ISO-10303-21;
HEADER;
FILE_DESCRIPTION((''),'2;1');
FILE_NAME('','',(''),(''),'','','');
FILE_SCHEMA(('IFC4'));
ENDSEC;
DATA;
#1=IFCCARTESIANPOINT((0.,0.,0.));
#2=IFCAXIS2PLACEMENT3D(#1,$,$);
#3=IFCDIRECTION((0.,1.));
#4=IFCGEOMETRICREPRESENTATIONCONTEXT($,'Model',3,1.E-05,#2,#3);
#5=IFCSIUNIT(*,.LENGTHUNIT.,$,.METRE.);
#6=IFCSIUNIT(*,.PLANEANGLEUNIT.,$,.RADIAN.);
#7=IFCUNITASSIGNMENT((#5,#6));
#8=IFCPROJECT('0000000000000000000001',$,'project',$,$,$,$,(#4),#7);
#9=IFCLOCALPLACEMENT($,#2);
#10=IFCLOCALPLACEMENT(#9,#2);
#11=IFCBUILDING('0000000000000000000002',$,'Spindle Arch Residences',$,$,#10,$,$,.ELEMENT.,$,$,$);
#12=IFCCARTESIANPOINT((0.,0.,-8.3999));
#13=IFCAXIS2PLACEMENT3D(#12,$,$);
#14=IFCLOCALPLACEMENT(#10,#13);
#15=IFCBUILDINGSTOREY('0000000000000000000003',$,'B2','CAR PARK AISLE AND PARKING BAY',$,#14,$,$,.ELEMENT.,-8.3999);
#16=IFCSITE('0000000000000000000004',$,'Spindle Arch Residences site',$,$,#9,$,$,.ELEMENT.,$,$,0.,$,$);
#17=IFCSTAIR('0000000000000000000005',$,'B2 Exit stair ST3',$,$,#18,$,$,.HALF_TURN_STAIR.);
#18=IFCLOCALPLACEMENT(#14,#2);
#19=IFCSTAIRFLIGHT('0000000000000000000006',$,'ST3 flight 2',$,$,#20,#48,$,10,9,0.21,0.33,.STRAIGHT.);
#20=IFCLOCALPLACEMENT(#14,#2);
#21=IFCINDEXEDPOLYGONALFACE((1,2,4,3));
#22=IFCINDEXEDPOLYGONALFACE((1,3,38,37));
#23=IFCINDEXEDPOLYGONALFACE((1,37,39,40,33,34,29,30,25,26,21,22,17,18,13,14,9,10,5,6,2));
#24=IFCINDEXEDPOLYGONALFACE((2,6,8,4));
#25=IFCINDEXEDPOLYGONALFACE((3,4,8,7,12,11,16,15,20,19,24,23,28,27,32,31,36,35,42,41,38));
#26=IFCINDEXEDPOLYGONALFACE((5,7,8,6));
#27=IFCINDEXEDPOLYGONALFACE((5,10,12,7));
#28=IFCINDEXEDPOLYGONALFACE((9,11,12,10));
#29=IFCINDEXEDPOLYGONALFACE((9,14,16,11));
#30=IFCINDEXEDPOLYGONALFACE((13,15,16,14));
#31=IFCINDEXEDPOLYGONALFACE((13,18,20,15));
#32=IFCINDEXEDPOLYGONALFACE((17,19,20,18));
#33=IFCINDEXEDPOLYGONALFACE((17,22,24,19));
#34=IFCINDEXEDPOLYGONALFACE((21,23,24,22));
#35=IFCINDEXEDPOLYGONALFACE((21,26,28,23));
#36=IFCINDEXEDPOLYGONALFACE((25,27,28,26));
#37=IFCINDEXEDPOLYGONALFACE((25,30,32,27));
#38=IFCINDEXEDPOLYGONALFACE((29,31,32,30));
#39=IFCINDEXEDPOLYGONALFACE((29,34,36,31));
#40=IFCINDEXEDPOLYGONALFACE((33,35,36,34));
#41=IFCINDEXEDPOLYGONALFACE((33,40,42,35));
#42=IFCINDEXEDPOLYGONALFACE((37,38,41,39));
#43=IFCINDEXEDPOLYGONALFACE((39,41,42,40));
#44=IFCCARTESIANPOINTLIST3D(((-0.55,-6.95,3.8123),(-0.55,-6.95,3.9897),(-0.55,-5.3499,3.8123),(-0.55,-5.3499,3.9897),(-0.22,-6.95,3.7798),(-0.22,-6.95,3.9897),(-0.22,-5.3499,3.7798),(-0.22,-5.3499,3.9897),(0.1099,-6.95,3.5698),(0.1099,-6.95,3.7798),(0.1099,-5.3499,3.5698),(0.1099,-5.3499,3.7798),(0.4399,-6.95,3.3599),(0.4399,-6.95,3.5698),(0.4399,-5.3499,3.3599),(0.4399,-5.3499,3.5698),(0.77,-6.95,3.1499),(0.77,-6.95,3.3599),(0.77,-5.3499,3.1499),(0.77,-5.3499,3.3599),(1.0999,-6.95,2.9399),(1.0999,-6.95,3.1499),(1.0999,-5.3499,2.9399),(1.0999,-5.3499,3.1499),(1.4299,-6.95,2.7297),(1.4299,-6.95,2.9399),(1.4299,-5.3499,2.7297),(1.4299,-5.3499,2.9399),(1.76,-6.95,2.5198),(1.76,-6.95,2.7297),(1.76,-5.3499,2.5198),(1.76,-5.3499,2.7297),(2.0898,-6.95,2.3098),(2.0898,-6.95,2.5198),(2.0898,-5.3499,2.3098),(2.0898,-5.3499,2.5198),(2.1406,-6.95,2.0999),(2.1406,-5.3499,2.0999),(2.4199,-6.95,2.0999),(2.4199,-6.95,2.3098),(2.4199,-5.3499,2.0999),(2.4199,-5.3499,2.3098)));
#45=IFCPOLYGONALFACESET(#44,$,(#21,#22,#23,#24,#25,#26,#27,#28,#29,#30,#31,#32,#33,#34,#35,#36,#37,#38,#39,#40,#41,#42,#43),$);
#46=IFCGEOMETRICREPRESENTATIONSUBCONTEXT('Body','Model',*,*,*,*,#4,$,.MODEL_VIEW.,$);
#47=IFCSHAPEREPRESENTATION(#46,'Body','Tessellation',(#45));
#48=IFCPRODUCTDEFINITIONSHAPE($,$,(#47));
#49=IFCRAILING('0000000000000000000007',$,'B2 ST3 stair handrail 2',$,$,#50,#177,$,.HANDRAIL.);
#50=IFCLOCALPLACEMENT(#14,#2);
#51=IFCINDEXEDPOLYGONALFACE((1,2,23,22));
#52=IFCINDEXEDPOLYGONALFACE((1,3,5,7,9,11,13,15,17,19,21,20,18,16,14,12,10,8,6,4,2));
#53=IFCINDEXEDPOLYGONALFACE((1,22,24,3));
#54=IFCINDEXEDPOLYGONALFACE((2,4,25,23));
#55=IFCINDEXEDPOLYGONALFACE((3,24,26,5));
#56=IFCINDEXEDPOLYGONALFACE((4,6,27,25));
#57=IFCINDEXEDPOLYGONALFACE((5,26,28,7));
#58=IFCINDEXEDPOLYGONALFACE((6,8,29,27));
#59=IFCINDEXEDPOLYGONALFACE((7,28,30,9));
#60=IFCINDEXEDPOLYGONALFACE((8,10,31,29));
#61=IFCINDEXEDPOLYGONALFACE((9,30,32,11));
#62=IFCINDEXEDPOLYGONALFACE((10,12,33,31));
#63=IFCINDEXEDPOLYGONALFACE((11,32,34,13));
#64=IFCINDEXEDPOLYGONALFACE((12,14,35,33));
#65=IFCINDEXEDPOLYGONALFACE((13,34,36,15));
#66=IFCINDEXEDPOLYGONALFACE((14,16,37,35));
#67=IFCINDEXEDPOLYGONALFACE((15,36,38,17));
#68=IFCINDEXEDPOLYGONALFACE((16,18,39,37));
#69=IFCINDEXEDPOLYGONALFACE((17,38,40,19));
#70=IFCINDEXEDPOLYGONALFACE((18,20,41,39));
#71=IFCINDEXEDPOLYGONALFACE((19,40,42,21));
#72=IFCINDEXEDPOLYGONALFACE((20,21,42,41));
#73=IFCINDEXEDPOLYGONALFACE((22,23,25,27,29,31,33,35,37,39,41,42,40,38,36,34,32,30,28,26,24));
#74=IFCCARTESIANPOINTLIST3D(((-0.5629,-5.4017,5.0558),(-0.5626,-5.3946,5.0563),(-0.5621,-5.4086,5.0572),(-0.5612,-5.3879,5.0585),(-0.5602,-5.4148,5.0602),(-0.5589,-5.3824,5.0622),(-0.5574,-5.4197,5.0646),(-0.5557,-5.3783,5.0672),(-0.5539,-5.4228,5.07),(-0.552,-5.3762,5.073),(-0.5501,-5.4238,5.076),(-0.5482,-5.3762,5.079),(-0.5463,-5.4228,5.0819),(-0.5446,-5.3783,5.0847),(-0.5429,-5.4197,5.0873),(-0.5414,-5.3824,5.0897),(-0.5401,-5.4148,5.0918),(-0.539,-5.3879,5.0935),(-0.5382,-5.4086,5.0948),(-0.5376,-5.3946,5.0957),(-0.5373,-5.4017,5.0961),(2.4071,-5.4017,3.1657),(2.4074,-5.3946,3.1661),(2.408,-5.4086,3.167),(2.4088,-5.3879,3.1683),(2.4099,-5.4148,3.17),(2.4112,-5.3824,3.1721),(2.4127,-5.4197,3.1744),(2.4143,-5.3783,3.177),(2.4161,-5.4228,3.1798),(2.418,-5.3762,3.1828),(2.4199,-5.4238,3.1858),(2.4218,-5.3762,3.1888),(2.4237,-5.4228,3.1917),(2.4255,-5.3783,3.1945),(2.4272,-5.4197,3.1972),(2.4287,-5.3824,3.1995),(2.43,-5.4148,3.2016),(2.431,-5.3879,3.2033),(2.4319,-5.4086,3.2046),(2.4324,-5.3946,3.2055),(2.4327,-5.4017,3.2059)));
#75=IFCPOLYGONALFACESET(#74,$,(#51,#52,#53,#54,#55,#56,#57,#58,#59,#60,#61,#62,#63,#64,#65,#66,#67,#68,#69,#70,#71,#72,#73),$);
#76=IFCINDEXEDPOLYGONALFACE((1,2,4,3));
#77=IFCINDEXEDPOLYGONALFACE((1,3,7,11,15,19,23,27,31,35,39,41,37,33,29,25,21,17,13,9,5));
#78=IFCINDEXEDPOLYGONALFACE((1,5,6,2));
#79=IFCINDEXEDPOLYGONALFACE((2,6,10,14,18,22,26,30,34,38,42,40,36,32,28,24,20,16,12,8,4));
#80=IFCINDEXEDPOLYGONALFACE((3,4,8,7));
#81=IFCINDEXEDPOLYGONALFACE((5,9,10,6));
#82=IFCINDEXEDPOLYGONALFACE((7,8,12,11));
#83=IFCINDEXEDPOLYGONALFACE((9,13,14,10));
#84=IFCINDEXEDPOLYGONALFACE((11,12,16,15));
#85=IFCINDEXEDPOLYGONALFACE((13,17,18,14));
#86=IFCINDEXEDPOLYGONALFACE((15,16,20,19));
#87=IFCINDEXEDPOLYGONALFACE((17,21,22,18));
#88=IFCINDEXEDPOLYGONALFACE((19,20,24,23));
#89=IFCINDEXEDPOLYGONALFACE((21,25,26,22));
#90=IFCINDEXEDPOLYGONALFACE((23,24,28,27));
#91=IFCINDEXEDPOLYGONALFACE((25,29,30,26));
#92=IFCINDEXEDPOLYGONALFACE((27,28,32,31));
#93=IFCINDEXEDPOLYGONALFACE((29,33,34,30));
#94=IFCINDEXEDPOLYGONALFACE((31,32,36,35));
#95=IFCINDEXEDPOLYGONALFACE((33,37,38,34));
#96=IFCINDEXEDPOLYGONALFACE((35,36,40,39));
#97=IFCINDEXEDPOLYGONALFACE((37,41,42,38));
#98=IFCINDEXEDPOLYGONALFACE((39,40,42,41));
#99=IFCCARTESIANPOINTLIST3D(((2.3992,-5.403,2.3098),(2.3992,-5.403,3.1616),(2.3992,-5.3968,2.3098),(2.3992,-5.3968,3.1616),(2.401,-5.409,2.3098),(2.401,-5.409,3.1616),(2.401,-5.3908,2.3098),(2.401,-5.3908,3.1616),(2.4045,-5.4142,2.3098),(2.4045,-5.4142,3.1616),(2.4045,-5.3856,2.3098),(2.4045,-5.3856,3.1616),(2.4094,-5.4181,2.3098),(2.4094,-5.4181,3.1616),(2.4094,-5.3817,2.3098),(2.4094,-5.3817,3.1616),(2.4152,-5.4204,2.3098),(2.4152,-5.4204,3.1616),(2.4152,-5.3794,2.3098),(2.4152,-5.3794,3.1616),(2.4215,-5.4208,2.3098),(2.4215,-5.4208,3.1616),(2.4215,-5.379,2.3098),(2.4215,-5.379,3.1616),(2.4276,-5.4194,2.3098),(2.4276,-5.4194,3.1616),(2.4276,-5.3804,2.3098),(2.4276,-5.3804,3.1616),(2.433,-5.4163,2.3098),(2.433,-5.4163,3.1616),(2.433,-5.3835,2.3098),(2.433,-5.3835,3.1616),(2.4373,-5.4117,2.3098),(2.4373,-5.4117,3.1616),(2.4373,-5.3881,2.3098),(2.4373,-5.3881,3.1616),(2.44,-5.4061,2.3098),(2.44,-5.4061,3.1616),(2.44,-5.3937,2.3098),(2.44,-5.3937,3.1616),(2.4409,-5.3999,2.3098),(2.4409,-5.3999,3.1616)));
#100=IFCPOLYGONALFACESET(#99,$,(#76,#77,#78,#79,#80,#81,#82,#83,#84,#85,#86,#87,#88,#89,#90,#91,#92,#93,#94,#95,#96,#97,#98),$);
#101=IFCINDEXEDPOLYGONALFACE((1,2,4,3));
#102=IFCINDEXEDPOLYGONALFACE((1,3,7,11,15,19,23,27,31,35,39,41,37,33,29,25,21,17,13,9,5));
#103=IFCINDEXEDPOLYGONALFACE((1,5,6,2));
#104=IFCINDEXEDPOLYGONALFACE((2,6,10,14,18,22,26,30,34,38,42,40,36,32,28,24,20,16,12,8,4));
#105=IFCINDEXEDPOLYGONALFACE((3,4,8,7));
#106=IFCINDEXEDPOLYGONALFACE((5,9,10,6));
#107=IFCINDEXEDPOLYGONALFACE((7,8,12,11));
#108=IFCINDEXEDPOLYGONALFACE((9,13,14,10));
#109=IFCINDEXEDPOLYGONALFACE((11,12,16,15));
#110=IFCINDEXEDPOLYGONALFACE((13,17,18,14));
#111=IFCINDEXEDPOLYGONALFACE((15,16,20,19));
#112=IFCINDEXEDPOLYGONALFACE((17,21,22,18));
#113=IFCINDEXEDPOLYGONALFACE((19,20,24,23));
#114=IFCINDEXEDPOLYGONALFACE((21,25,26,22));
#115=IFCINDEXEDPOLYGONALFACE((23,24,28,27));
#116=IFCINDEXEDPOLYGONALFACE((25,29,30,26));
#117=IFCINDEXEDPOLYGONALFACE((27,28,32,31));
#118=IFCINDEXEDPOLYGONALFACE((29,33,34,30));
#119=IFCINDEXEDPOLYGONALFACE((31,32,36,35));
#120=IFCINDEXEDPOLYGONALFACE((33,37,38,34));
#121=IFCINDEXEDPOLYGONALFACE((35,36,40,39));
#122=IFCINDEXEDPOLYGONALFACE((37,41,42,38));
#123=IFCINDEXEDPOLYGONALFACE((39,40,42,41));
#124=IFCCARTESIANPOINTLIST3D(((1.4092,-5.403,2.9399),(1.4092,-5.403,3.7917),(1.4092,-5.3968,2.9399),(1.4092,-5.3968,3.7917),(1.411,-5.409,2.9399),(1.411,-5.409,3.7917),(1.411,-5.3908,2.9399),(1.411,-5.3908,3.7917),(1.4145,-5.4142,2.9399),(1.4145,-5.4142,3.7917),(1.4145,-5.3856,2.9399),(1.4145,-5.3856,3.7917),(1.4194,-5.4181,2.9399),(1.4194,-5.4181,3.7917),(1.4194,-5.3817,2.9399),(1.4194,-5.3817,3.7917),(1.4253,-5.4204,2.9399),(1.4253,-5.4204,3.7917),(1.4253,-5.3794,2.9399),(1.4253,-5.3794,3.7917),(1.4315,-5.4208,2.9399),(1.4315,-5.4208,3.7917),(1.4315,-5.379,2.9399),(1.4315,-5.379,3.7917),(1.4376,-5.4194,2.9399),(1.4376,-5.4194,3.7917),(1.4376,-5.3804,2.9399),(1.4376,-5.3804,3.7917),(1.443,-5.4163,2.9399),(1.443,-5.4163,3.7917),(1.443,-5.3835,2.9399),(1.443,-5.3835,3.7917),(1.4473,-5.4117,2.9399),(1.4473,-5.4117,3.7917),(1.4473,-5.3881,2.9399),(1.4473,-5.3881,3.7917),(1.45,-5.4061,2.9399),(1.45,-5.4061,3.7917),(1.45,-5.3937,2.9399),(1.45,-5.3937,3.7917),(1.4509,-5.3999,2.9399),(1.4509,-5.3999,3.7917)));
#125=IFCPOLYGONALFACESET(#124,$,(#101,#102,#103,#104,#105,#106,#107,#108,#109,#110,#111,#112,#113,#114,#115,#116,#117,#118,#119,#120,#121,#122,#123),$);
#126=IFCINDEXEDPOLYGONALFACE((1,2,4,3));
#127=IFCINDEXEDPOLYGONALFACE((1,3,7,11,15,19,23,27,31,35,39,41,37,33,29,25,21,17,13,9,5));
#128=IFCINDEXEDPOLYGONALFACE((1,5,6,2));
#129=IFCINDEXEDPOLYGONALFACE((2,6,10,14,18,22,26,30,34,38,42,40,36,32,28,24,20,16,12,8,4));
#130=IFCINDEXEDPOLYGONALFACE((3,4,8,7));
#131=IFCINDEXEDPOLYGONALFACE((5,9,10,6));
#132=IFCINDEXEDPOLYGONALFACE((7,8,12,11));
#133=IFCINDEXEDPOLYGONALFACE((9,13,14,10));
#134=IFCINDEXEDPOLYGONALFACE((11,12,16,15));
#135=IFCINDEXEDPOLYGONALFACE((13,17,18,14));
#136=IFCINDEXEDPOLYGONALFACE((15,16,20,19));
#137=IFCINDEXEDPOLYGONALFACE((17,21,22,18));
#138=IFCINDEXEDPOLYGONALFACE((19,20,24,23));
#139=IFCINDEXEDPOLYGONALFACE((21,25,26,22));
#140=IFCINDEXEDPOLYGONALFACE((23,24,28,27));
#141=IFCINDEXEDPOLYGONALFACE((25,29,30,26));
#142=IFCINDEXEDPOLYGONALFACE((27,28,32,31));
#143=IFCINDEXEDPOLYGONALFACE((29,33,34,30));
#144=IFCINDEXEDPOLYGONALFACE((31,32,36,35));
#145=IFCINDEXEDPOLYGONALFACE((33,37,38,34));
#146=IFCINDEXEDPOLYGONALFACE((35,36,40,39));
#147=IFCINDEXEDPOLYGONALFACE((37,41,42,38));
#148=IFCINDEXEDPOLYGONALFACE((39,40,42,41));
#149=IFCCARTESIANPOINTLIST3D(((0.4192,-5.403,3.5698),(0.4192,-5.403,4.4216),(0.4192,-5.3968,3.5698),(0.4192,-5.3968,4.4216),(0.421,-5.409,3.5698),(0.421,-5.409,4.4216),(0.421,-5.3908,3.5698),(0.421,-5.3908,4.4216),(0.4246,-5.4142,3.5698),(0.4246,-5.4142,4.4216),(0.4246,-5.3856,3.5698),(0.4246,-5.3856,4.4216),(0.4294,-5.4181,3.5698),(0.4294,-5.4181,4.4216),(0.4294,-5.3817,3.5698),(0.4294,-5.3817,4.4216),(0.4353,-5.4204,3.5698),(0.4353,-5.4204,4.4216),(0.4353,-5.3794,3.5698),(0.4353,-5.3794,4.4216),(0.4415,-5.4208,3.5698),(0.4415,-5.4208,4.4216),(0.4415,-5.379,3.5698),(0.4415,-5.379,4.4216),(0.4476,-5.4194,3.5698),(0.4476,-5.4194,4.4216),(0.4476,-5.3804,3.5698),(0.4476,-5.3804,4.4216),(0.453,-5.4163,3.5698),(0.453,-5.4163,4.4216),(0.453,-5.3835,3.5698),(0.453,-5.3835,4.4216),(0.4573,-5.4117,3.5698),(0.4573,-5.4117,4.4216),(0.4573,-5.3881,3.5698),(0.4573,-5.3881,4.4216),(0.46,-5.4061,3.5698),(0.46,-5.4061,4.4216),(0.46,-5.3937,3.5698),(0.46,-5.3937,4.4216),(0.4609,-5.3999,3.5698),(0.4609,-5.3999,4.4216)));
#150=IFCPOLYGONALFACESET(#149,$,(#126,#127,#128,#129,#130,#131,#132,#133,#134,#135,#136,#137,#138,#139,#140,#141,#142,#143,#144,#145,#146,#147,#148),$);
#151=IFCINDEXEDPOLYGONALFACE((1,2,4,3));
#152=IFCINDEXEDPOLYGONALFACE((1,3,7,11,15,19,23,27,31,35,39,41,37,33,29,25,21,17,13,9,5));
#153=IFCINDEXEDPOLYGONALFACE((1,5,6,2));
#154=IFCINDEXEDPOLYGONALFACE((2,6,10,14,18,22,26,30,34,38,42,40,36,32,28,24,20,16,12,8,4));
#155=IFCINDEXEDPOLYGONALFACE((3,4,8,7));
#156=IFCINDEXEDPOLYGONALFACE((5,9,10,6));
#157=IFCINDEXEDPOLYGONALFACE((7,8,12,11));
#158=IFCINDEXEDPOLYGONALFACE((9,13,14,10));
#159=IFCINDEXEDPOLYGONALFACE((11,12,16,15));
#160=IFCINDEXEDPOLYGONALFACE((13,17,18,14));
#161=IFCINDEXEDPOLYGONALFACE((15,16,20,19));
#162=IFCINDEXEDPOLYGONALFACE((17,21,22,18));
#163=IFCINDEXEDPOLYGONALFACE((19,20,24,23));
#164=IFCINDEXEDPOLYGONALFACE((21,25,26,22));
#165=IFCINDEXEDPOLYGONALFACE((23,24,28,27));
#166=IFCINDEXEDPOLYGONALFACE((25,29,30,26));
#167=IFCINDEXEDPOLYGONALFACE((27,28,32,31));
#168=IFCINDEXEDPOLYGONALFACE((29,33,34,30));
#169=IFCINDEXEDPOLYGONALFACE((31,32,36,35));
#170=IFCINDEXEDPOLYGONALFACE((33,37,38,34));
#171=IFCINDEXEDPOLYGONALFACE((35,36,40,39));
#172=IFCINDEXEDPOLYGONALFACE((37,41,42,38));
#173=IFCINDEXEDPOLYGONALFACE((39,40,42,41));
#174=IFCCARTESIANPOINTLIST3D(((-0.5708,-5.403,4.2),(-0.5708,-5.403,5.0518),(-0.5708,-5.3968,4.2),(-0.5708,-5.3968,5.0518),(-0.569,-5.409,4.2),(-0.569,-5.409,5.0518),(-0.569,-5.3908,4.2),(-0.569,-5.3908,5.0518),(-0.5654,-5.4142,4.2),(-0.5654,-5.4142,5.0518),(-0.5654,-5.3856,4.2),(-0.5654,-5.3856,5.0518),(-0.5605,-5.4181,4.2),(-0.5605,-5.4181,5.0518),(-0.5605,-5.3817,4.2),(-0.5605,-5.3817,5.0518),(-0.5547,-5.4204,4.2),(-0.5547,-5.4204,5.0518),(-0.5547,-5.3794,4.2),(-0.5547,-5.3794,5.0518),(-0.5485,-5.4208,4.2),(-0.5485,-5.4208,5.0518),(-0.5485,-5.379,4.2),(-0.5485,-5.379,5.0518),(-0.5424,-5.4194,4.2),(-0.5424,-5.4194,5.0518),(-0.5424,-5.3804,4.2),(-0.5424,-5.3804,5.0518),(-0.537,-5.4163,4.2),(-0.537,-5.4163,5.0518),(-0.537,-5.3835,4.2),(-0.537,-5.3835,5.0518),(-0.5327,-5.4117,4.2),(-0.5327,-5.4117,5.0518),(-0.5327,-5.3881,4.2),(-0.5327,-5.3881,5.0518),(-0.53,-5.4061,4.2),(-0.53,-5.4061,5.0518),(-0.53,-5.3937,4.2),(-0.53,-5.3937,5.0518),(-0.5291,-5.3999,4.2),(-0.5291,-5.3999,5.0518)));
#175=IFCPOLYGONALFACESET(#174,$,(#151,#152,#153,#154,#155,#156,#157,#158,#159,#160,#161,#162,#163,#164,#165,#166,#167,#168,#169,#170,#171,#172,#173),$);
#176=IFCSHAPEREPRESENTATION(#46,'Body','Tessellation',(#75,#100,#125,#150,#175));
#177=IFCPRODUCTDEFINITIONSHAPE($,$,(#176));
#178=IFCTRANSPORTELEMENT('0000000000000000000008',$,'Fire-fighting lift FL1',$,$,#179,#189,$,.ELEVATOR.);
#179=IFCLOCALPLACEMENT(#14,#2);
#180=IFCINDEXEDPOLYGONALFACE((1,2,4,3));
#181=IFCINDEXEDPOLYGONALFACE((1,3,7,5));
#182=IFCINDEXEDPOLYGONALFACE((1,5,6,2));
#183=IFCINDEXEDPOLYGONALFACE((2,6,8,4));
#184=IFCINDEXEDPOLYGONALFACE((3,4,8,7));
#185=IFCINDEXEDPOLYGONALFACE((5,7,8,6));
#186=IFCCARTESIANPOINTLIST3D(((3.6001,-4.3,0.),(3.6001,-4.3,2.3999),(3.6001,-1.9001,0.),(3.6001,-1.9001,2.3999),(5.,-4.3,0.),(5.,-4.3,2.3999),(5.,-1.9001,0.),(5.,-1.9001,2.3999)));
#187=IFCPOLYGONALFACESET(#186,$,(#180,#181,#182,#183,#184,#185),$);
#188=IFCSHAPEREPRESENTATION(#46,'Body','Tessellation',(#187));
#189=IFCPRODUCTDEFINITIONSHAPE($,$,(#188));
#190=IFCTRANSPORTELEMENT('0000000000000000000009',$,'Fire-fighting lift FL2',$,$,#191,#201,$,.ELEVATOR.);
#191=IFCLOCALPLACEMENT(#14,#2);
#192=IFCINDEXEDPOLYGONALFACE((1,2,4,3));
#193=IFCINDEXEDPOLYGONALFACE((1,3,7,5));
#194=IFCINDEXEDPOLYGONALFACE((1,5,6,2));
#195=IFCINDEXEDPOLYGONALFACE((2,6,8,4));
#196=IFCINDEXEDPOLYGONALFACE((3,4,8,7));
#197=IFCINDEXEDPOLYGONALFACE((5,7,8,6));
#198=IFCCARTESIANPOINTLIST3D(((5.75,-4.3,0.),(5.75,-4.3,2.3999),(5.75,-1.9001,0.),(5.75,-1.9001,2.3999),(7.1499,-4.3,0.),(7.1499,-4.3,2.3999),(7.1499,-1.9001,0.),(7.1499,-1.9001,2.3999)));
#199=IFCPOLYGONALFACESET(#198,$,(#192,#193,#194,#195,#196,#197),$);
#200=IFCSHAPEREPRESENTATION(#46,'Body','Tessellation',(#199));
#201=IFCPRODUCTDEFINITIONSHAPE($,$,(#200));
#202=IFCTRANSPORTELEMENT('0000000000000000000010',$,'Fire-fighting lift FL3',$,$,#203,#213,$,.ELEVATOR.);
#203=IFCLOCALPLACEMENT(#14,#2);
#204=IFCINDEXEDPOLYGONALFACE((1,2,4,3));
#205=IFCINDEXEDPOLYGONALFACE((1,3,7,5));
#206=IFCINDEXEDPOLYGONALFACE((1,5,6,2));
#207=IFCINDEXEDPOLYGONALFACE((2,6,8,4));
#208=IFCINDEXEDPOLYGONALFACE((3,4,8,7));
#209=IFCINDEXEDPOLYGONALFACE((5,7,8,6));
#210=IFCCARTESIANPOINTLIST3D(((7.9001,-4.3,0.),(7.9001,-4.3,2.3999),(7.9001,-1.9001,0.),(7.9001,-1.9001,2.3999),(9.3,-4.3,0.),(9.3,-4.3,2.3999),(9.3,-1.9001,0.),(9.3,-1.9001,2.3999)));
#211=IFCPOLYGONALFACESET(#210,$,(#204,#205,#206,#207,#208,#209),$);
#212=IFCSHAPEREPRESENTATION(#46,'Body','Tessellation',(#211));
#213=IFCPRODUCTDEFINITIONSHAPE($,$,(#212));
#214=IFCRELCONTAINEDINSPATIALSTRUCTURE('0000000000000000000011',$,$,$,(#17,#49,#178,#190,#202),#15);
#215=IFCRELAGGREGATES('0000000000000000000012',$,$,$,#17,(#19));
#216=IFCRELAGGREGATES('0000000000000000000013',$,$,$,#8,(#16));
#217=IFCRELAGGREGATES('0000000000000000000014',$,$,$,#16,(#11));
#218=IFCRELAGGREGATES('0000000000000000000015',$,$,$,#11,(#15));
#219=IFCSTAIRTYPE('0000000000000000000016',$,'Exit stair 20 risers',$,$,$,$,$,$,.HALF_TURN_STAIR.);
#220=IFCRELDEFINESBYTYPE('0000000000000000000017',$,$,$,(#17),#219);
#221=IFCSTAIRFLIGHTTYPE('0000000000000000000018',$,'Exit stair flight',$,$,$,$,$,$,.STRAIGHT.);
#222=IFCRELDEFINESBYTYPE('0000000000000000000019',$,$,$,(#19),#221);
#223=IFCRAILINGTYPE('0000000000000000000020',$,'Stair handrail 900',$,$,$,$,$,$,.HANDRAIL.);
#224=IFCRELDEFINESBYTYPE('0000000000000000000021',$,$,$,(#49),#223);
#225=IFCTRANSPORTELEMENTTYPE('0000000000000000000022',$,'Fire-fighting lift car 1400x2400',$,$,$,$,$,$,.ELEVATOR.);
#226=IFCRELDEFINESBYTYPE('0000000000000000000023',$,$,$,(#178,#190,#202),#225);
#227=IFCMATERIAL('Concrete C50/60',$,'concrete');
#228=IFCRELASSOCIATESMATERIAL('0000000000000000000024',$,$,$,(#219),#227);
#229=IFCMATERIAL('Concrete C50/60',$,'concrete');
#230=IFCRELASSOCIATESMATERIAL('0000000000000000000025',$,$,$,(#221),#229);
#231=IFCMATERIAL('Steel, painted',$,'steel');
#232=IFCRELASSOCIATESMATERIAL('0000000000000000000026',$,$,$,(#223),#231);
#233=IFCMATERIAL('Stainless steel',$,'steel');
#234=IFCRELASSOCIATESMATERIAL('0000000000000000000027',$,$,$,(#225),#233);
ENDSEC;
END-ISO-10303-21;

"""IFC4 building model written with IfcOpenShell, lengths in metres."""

from ifc_helpers import new_model, si_unit, direction, frame, origin, origin_2d, place, context, subcontext, project, spatial, polyline, rectangle, circle, outline, extrude, material, type_object, element, aggregate, save


model = new_model("IFC4")

# Units and contexts
model_context = context("Model", 3, precision=1e-05, world=origin(), true_north=direction((0.0, 1.0)))
body_context = subcontext(model_context, "Body", "Model", "MODEL_VIEW")
ifc_project = project(units=[si_unit("LENGTHUNIT", "METRE"), si_unit("PLANEANGLEUNIT", "RADIAN")], contexts=[model_context])

# Site, building, storey
site_placement = place(None, origin())
site = spatial("IfcSite", under=ifc_project, at=site_placement, Name="Spindle Arch Residences site", CompositionType="ELEMENT", RefElevation=0.0)
building_placement = place(site_placement, origin())
building = spatial("IfcBuilding", under=site, at=building_placement, Name="Spindle Arch Residences", CompositionType="ELEMENT")
storey_placement = place(building_placement, frame((0.0, 0.0, -8.3999)))
storey = spatial("IfcBuildingStorey", under=building, at=storey_placement, Name="B2", Description="CAR PARK AISLE AND PARKING BAY", CompositionType="ELEMENT", Elevation=-8.3999)

# Stair
ifc_material_1 = material(Name="Concrete C50/60", Category="concrete")
stair_type = type_object("IfcStairType", Name="Exit stair 20 risers", PredefinedType="HALF_TURN_STAIR", material=ifc_material_1)
stair_placement = place(storey_placement, origin())
stair = element("IfcStair", 1, at=stair_placement, inside=storey, type_object=stair_type, Name="B2 Exit stair ST3", PredefinedType="HALF_TURN_STAIR")

# Stair flight
ifc_material_2 = material(Name="Concrete C50/60", Category="concrete")
stair_flight_type = type_object("IfcStairFlightType", Name="Exit stair flight", PredefinedType="STRAIGHT", material=ifc_material_2)
stair_flight_placement = place(storey_placement, frame((2.4199, -6.1499, 2.0999), z_axis=(0.0, 0.0, 1.0), x_axis=(-1.0, 0.0, 0.0)))
stair_flight = element("IfcStairFlight", 2, at=stair_flight_placement, type_object=stair_flight_type, Name="ST3 flight 2", NumberOfRisers=10, NumberOfTreads=9, PredefinedType="STRAIGHT", RiserHeight=0.21, TreadLength=0.33, context=body_context, shape_type="SweptSolid", body=[
    extrude(outline(polyline([(0.0, 0.0), (0.0, 0.21), (0.3301, 0.21), (0.3301, 0.4199), (0.6599, 0.4199), (0.6599, 0.6299), (0.99, 0.6299), (0.99, 0.8401), (1.3201, 0.8401), (1.3201, 1.05), (1.6499, 1.05), (1.6499, 1.26), (1.98, 1.26), (1.98, 1.47), (2.3101, 1.47), (2.3101, 1.6799), (2.6399, 1.6799), (2.6399, 1.8899), (2.97, 1.8899), (2.97, 2.1001), (2.97, 1.7124), (0.2793, 0.0), (0.0, 0.0)])), frame((0.0, 0.8, 0.0), z_axis=(0.0, -1.0, 0.0), x_axis=(1.0, 0.0, 0.0)), (0.0, 0.0, 1.0), 1.6001),
])
aggregate(stair, [stair_flight])

# Railing
ifc_material_3 = material(Name="Steel, painted", Category="steel")
railing_type = type_object("IfcRailingType", Name="Stair handrail 900", PredefinedType="HANDRAIL", material=ifc_material_3)
railing_placement = place(storey_placement, frame((2.4199, -5.3999, 2.3098)))
element("IfcRailing", 3, at=railing_placement, inside=storey, type_object=railing_type, Name="B2 ST3 stair handrail 2", PredefinedType="HANDRAIL", context=body_context, shape_type="SweptSolid", body=[
    extrude(circle(Radius=0.0239, at=origin_2d()), frame((0.0, 0.0, 0.876), z_axis=(-0.843641, 0.0, 0.536907), x_axis=(0.0, -1.0, 0.0)), (0.0, 0.0, 1.0), 3.5205),
    extrude(circle(Radius=0.021, at=origin_2d()), origin(), (0.0, 0.0, 1.0), 0.8518),
    extrude(circle(Radius=0.021, at=origin_2d()), frame((-0.99, 0.0, 0.6301)), (0.0, 0.0, 1.0), 0.8518),
    extrude(circle(Radius=0.021, at=origin_2d()), frame((-1.98, 0.0, 1.26)), (0.0, 0.0, 1.0), 0.8518),
    extrude(circle(Radius=0.021, at=origin_2d()), frame((-2.97, 0.0, 1.8901)), (0.0, 0.0, 1.0), 0.8518),
])

# Transport elements
ifc_material_4 = material(Name="Stainless steel", Category="steel")
transport_element_type = type_object("IfcTransportElementType", Name="Fire-fighting lift car 1400x2400", PredefinedType="ELEVATOR", material=ifc_material_4)
for number, where, z_axis, x_axis, name in (
    (4, (4.3, -3.1001, 0.0), (0.0, 0.0, 1.0), (1.0, 0.0, 0.0), "Fire-fighting lift FL1"),
    (5, (6.45, -3.1001, 0.0), (0.0, 0.0, 1.0), (1.0, 0.0, 0.0), "Fire-fighting lift FL2"),
    (6, (8.6001, -3.1001, 0.0), (0.0, 0.0, 1.0), (1.0, 0.0, 0.0), "Fire-fighting lift FL3"),
):
    element("IfcTransportElement", number, at=place(storey_placement, frame(where, z_axis=z_axis, x_axis=x_axis)), inside=storey, type_object=transport_element_type, Name=name, PredefinedType="ELEVATOR", context=body_context, shape_type="SweptSolid", body=[
        extrude(rectangle(XDim=1.3999, YDim=2.3999, at=origin_2d()), origin(), (0.0, 0.0, 1.0), 2.3999),
    ])

save(model, "model.ifc")
